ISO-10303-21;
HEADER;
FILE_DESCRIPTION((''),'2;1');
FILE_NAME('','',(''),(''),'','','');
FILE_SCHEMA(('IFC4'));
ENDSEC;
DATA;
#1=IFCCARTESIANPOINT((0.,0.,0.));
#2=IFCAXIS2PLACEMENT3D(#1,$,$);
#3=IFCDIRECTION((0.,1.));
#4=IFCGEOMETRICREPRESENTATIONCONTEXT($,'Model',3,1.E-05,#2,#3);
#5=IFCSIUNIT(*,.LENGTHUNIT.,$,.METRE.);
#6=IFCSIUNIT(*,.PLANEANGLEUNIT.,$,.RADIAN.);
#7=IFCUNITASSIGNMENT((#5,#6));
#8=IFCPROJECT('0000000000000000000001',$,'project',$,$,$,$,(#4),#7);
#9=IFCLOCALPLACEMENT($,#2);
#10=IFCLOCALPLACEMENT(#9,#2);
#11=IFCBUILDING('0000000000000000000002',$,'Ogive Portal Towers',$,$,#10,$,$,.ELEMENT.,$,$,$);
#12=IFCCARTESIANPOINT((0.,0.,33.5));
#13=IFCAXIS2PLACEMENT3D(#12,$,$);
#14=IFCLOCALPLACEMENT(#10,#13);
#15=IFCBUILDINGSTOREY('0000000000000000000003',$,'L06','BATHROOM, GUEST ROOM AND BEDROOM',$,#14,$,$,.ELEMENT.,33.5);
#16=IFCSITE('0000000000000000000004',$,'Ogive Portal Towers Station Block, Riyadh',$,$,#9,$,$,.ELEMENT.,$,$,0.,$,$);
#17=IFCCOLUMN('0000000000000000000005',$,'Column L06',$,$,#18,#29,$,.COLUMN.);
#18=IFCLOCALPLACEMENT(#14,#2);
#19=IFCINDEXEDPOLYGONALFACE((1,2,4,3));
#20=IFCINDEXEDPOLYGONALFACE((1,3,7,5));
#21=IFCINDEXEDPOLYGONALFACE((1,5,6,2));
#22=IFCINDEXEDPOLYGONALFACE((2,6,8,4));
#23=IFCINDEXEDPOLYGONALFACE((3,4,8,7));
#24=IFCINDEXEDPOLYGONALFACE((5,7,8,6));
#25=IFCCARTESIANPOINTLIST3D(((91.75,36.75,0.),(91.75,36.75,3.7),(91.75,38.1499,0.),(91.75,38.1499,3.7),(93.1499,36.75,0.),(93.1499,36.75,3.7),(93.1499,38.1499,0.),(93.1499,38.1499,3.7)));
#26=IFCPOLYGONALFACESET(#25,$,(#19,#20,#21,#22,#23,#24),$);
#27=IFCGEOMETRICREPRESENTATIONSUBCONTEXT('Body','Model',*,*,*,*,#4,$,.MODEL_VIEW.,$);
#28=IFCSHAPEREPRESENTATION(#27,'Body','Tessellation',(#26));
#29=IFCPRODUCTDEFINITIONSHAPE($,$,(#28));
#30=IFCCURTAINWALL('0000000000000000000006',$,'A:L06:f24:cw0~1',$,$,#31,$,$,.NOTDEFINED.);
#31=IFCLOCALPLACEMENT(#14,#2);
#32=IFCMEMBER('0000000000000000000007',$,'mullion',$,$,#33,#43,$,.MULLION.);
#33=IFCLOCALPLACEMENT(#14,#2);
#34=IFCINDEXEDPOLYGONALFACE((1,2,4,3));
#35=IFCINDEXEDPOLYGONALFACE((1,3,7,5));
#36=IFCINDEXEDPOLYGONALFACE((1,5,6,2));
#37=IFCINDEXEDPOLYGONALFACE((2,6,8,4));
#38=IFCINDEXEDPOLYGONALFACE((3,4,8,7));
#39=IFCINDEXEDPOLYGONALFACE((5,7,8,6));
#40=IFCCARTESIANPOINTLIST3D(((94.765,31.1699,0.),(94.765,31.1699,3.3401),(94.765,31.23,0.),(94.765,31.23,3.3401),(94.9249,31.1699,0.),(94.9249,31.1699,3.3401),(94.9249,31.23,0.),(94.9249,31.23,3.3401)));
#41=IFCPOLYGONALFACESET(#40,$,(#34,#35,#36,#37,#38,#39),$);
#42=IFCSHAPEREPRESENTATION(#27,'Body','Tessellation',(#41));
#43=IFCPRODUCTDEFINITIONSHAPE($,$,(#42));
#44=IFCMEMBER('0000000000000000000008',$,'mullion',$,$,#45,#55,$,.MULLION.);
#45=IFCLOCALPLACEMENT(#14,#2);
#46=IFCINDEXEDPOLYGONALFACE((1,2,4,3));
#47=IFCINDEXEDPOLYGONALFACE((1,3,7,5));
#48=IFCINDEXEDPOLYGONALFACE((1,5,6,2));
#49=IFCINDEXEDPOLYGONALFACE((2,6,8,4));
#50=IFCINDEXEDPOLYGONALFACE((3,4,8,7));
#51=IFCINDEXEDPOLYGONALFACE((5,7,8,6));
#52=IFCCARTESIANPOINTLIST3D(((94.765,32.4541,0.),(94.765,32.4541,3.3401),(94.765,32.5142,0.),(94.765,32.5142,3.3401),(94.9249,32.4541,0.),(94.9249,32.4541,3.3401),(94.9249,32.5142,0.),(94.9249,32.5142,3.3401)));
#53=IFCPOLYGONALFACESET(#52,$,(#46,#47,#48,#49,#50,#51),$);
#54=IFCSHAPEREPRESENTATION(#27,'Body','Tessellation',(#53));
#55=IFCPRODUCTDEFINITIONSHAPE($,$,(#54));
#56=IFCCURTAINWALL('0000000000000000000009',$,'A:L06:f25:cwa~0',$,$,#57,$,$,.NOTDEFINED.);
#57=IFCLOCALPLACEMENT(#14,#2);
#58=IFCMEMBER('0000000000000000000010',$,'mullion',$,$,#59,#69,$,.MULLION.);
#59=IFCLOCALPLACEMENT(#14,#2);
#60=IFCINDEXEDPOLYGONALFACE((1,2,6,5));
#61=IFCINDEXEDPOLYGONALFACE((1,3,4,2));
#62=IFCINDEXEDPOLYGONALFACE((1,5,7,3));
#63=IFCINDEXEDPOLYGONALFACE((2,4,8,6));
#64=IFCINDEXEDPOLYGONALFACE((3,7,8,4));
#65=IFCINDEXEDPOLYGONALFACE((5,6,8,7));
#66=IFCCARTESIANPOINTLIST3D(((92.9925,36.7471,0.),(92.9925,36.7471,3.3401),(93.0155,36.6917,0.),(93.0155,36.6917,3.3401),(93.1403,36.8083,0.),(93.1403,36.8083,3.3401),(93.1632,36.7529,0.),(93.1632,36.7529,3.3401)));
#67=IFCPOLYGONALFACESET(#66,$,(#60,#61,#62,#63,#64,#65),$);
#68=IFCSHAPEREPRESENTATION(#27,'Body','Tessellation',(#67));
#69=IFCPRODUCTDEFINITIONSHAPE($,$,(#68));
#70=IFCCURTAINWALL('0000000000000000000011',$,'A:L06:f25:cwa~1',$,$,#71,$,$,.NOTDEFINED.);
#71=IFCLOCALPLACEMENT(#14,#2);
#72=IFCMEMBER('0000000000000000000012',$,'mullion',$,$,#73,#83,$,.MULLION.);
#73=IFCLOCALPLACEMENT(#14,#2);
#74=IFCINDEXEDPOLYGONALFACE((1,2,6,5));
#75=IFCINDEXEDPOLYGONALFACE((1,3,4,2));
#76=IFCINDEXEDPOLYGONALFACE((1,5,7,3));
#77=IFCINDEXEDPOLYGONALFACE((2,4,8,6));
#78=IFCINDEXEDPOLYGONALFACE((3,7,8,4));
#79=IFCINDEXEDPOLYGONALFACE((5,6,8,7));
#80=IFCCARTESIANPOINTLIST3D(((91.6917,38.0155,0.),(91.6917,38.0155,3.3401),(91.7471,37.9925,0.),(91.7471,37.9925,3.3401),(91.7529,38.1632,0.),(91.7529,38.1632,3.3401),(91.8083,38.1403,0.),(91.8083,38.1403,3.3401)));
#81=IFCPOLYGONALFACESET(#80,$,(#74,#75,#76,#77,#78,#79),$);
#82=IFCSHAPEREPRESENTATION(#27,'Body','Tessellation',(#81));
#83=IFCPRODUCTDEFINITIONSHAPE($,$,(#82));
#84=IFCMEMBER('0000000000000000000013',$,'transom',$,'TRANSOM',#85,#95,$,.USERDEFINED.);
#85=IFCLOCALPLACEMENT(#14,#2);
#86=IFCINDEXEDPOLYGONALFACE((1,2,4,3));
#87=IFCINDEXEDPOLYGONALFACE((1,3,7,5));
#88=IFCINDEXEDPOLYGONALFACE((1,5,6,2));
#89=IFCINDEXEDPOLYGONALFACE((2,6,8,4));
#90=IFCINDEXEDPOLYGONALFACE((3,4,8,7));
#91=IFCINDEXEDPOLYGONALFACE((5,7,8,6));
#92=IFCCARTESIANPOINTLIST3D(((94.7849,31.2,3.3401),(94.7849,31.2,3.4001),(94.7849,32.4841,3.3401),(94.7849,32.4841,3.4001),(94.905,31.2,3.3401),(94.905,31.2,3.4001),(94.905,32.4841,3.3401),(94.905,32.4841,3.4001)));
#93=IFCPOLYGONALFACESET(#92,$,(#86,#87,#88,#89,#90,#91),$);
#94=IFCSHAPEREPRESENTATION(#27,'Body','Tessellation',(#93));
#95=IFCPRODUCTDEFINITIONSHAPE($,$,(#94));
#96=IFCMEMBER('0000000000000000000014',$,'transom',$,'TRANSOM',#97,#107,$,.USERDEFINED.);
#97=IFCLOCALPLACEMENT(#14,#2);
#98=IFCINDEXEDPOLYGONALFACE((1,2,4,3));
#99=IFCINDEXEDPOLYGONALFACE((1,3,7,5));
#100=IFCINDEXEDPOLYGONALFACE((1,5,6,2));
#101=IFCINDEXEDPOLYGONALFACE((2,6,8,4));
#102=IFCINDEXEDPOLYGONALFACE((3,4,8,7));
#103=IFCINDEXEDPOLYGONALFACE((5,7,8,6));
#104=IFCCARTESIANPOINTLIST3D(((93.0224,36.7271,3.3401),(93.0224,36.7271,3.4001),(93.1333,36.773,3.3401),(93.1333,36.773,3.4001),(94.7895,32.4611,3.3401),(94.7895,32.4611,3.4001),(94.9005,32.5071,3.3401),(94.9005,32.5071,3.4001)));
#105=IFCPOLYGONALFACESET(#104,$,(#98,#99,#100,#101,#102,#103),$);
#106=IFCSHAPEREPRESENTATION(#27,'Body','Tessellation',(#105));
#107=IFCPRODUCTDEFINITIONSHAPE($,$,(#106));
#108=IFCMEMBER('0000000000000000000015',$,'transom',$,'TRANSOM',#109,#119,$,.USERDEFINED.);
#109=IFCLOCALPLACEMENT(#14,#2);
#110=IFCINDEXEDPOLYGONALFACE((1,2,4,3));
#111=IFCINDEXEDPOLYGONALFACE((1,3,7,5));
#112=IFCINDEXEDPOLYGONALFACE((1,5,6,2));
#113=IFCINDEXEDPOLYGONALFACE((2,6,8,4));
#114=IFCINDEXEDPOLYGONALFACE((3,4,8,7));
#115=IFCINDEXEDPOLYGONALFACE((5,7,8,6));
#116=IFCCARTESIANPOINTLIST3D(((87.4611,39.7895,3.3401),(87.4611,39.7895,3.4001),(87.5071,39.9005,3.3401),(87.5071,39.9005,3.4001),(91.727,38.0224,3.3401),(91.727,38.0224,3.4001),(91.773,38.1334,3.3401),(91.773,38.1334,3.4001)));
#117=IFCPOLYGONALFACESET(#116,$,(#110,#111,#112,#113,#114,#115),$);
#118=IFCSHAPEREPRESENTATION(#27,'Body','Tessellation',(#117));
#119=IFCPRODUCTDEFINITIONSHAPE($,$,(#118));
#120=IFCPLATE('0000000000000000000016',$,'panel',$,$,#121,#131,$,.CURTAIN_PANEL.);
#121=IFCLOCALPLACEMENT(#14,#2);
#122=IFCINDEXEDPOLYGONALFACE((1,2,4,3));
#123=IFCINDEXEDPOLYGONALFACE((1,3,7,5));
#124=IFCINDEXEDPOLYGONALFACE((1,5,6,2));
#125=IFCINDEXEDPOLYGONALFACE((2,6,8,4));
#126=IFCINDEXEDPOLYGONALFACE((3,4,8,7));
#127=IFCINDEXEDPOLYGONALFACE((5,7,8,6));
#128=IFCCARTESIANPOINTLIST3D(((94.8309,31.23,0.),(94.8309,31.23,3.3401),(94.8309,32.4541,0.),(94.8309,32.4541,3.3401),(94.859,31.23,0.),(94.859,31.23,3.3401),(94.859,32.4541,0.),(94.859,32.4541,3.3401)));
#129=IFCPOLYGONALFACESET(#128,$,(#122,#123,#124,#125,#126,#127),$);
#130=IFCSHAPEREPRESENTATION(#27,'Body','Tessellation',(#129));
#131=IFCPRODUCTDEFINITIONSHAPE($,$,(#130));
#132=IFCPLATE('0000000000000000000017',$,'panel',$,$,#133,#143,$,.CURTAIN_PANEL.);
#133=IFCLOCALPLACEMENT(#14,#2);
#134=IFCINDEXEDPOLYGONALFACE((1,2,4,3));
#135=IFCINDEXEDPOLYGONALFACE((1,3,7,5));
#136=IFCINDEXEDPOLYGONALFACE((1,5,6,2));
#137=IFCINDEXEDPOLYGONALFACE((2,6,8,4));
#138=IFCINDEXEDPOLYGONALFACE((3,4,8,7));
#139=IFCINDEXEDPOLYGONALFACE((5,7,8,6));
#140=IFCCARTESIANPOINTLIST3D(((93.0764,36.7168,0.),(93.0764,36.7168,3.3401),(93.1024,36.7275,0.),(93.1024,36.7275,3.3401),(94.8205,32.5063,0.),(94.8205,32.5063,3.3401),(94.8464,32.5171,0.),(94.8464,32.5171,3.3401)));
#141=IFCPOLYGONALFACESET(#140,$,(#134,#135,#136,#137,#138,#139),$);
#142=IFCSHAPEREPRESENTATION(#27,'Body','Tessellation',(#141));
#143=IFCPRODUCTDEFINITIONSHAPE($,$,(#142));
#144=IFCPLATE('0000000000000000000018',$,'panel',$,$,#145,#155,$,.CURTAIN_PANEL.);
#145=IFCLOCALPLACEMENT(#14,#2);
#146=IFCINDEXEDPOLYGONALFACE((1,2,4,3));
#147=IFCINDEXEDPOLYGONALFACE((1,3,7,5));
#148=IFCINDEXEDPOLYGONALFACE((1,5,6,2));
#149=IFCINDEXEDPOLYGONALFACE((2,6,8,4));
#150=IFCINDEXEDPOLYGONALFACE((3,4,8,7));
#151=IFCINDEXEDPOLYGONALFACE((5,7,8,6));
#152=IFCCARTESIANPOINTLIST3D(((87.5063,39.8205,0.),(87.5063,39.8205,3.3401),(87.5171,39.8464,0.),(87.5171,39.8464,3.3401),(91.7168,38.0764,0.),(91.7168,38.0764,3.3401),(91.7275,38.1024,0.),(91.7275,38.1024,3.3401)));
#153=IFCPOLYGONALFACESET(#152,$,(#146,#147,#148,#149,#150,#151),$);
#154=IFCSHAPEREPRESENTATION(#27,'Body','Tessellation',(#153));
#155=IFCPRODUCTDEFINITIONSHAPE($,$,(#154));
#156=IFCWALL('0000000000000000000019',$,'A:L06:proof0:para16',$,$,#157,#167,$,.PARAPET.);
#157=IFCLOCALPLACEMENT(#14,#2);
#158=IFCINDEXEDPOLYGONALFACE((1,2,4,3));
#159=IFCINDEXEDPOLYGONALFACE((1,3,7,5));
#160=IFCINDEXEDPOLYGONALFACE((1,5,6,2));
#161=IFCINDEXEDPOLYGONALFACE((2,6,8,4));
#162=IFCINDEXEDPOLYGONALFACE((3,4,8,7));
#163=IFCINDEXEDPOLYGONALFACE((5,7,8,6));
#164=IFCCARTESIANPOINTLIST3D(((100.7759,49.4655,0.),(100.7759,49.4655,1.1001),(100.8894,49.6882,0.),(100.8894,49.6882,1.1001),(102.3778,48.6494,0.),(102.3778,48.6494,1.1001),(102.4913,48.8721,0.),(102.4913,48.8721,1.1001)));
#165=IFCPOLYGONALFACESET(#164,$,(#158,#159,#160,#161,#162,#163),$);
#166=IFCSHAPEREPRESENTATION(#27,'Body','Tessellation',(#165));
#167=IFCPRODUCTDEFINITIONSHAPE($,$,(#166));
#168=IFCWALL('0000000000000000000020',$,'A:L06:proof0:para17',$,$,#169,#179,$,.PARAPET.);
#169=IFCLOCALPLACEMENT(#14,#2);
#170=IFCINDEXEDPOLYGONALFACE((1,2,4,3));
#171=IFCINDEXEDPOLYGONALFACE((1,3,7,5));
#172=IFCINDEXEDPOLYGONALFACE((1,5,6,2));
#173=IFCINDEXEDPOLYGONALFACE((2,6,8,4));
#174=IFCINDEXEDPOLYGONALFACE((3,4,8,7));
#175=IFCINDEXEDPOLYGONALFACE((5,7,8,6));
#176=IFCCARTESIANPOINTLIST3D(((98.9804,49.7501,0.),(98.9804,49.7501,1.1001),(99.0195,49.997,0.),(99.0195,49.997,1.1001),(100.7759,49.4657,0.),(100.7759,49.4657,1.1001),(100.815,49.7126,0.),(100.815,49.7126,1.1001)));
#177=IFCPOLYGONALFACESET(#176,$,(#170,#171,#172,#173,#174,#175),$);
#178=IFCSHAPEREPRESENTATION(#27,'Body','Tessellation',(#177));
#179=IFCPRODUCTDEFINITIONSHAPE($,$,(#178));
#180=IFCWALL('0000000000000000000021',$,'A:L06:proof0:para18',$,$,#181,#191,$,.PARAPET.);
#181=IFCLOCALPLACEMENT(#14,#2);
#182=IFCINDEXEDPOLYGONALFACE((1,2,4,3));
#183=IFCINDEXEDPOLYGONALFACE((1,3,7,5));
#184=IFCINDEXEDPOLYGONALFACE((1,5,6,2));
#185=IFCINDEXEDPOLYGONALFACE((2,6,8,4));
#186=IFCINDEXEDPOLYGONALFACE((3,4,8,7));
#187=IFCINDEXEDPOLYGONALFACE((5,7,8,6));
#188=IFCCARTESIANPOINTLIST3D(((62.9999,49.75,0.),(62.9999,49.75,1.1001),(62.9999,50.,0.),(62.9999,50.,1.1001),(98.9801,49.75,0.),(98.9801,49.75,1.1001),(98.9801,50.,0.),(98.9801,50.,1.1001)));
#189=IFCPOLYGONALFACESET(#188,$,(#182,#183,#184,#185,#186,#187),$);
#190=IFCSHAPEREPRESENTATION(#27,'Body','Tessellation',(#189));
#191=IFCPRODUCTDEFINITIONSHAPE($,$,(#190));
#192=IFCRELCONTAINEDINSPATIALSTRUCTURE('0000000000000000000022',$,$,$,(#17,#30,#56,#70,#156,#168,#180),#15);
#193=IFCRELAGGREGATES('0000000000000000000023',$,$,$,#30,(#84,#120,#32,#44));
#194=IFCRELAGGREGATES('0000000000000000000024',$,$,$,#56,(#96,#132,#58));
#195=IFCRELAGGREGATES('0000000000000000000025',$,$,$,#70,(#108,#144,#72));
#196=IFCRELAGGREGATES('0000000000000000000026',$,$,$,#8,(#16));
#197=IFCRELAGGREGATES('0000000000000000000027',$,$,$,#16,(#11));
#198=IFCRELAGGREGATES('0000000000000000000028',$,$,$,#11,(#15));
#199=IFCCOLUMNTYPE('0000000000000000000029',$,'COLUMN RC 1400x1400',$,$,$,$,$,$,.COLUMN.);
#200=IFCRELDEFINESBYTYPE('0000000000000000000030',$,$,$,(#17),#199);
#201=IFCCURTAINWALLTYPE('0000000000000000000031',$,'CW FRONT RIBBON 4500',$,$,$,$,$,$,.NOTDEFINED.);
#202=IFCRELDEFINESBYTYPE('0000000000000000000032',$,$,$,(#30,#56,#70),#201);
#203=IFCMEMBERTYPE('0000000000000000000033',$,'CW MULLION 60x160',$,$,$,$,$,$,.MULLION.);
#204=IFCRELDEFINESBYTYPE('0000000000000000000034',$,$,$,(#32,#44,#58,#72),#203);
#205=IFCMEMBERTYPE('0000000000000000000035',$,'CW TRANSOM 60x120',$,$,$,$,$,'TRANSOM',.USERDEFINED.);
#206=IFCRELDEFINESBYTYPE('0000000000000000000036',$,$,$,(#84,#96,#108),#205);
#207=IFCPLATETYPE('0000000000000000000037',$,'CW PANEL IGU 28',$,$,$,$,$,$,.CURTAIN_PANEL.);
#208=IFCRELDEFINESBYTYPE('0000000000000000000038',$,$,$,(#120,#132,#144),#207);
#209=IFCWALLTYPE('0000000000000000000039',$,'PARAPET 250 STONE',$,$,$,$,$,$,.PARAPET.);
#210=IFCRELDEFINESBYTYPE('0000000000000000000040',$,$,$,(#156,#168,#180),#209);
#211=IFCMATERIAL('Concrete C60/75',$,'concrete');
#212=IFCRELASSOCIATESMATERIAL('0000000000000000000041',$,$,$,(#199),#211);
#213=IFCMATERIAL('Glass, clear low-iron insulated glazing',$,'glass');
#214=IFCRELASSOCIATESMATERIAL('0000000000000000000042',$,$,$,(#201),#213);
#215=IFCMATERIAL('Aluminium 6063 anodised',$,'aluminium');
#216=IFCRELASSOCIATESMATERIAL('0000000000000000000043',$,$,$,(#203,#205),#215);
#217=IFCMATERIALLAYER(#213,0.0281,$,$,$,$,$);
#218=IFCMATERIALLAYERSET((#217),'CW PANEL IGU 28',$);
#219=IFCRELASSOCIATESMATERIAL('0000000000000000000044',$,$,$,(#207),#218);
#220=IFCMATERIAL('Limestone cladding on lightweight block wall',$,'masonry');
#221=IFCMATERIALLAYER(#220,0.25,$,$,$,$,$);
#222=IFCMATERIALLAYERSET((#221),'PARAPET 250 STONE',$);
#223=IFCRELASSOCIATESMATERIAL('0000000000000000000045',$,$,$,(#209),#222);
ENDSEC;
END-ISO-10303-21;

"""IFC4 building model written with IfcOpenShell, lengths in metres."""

from ifc_helpers import new_model, si_unit, direction, frame, frame_2d, origin, origin_2d, place, context, subcontext, project, spatial, rectangle, extrude, material, layer, layer_set, material_profile, profile_set, type_object, element, aggregate, save


model = new_model("IFC4")

# Units and contexts
model_context = context("Model", 3, precision=1e-05, world=origin(), true_north=direction((0.0, 1.0)))
body_context = subcontext(model_context, "Body", "Model", "MODEL_VIEW")
ifc_project = project(units=[si_unit("LENGTHUNIT", "METRE"), si_unit("PLANEANGLEUNIT", "RADIAN")], contexts=[model_context])

# Site, building, storey
site_placement = place(None, origin())
site = spatial("IfcSite", under=ifc_project, at=site_placement, Name="Ogive Portal Towers Station Block, Riyadh", CompositionType="ELEMENT", RefElevation=0.0)
building_placement = place(site_placement, origin())
building = spatial("IfcBuilding", under=site, at=building_placement, Name="Ogive Portal Towers", CompositionType="ELEMENT")
storey_placement = place(building_placement, frame((0.0, 0.0, 33.5)))
storey = spatial("IfcBuildingStorey", under=building, at=storey_placement, Name="L06", Description="BATHROOM, GUEST ROOM AND BEDROOM", CompositionType="ELEMENT", Elevation=33.5)

# Column
ifc_material_1 = material(Name="Concrete C60/75", Category="concrete")
ifc_material_profile_1 = material_profile(ifc_material_1, rectangle(XDim=1.3999, YDim=1.3999, at=origin_2d()), Name="RC 1400x1400")
ifc_profile_set_1 = profile_set([ifc_material_profile_1], Name="Concrete C60/75")
column_type = type_object("IfcColumnType", Name="COLUMN RC 1400x1400", PredefinedType="COLUMN", material=ifc_profile_set_1)
column_placement = place(storey_placement, frame((92.45, 37.45, 0.0), z_axis=(0.0, 0.0, 1.0), x_axis=(1.0, 0.0, 0.0)))
element("IfcColumn", 1, at=column_placement, inside=storey, type_object=column_type, Name="Column L06", PredefinedType="COLUMN", context=body_context, shape_type="SweptSolid", body=[
    extrude(rectangle(XDim=1.3999, YDim=1.3999, at=origin_2d()), origin(), (0.0, 0.0, 1.0), 3.7),
])

# Curtain wall, members
ifc_material_2 = material(Name="Glass, clear low-iron insulated glazing", Category="glass")
curtain_wall_type = type_object("IfcCurtainWallType", Name="CW FRONT RIBBON 4500", PredefinedType="NOTDEFINED", material=ifc_material_2)
curtain_wall_1_placement = place(storey_placement, origin())
curtain_wall_1 = element("IfcCurtainWall", 2, at=curtain_wall_1_placement, inside=storey, type_object=curtain_wall_type, Name="A:L06:f24:cw0~1", PredefinedType="NOTDEFINED")
ifc_material_3 = material(Name="Aluminium 6063 anodised", Category="aluminium")
ifc_material_profile_2 = material_profile(ifc_material_3, rectangle(XDim=0.1599, YDim=0.0601, at=origin_2d()), Name="AL 60x160")
ifc_profile_set_2 = profile_set([ifc_material_profile_2], Name="Aluminium 6063 anodised")
member_type_1 = type_object("IfcMemberType", Name="CW MULLION 60x160", PredefinedType="MULLION", material=ifc_profile_set_2)
member_1_placement = place(storey_placement, frame((94.845, 31.2, 0.0), z_axis=(0.0, 0.0, 1.0), x_axis=(-1.0, 0.0, 0.0)))
member_1 = element("IfcMember", 3, at=member_1_placement, type_object=member_type_1, Name="mullion", PredefinedType="MULLION", context=body_context, shape_type="SweptSolid", body=[
    extrude(rectangle(XDim=0.1599, YDim=0.0601, at=origin_2d()), origin(), (0.0, 0.0, 1.0), 3.3401),
])
member_2_placement = place(storey_placement, frame((94.845, 32.4841, 0.0), z_axis=(0.0, 0.0, 1.0), x_axis=(-1.0, 0.0, 0.0)))
member_2 = element("IfcMember", 4, at=member_2_placement, type_object=member_type_1, Name="mullion", PredefinedType="MULLION", context=body_context, shape_type="SweptSolid", body=[
    extrude(rectangle(XDim=0.1599, YDim=0.0601, at=origin_2d()), origin(), (0.0, 0.0, 1.0), 3.3401),
])

# Curtain walls, members
curtain_wall_2_placement = place(storey_placement, origin())
curtain_wall_2 = element("IfcCurtainWall", 5, at=curtain_wall_2_placement, inside=storey, type_object=curtain_wall_type, Name="A:L06:f25:cwa~0", PredefinedType="NOTDEFINED")
member_3_placement = place(storey_placement, frame((93.0779, 36.75, 0.0), z_axis=(0.0, 0.0, 1.0), x_axis=(-0.92388, -0.382683, 0.0)))
member_3 = element("IfcMember", 6, at=member_3_placement, type_object=member_type_1, Name="mullion", PredefinedType="MULLION", context=body_context, shape_type="SweptSolid", body=[
    extrude(rectangle(XDim=0.1599, YDim=0.0601, at=origin_2d()), origin(), (0.0, 0.0, 1.0), 3.3401),
])
curtain_wall_3_placement = place(storey_placement, origin())
curtain_wall_3 = element("IfcCurtainWall", 7, at=curtain_wall_3_placement, inside=storey, type_object=curtain_wall_type, Name="A:L06:f25:cwa~1", PredefinedType="NOTDEFINED")
member_4_placement = place(storey_placement, frame((91.75, 38.0779, 0.0), z_axis=(0.0, 0.0, 1.0), x_axis=(-0.382683, -0.92388, 0.0)))
member_4 = element("IfcMember", 8, at=member_4_placement, type_object=member_type_1, Name="mullion", PredefinedType="MULLION", context=body_context, shape_type="SweptSolid", body=[
    extrude(rectangle(XDim=0.1599, YDim=0.0601, at=origin_2d()), origin(), (0.0, 0.0, 1.0), 3.3401),
])

# Members
ifc_material_profile_3 = material_profile(ifc_material_3, rectangle(XDim=0.1201, YDim=0.0601, at=origin_2d()), Name="AL 120x60")
ifc_profile_set_3 = profile_set([ifc_material_profile_3], Name="Aluminium 6063 anodised")
member_type_2 = type_object("IfcMemberType", Name="CW TRANSOM 60x120", ElementType="TRANSOM", PredefinedType="USERDEFINED", material=ifc_profile_set_3)
member_5_placement = place(storey_placement, frame((94.845, 31.2, 3.3701), z_axis=(0.0, 1.0, 0.0), x_axis=(-1.0, 0.0, 0.0)))
member_5 = element("IfcMember", 9, at=member_5_placement, type_object=member_type_2, Name="transom", ObjectType="TRANSOM", PredefinedType="USERDEFINED", context=body_context, shape_type="SweptSolid", body=[
    extrude(rectangle(XDim=0.1201, YDim=0.0601, at=origin_2d()), origin(), (0.0, 0.0, 1.0), 1.2842),
])
member_6_placement = place(storey_placement, frame((94.845, 32.4841, 3.3701), z_axis=(-0.382704, 0.923871, 0.0), x_axis=(-0.923871, -0.382704, 0.0)))
member_6 = element("IfcMember", 10, at=member_6_placement, type_object=member_type_2, Name="transom", ObjectType="TRANSOM", PredefinedType="USERDEFINED", context=body_context, shape_type="SweptSolid", body=[
    extrude(rectangle(XDim=0.1201, YDim=0.0601, at=origin_2d()), origin(), (0.0, 0.0, 1.0), 4.6174),
])
member_7_placement = place(storey_placement, frame((91.75, 38.0779, 3.3701), z_axis=(-0.923871, 0.382704, 0.0), x_axis=(-0.382704, -0.923871, 0.0)))
member_7 = element("IfcMember", 11, at=member_7_placement, type_object=member_type_2, Name="transom", ObjectType="TRANSOM", PredefinedType="USERDEFINED", context=body_context, shape_type="SweptSolid", body=[
    extrude(rectangle(XDim=0.1201, YDim=0.0601, at=origin_2d()), origin(), (0.0, 0.0, 1.0), 4.6174),
])

# Plates
ifc_layer_1 = layer(ifc_material_2, 0.0281)
ifc_layer_set_1 = layer_set([ifc_layer_1], Name="CW PANEL IGU 28")
plate_type = type_object("IfcPlateType", Name="CW PANEL IGU 28", PredefinedType="CURTAIN_PANEL", material=ifc_layer_set_1)
plate_1_placement = place(storey_placement, frame((94.845, 31.842, 0.0), z_axis=(0.0, 0.0, 1.0), x_axis=(0.0, 1.0, 0.0)))
plate_1 = element("IfcPlate", 12, at=plate_1_placement, type_object=plate_type, Name="panel", PredefinedType="CURTAIN_PANEL", context=body_context, shape_type="SweptSolid", body=[
    extrude(rectangle(XDim=1.2241, YDim=0.0281, at=origin_2d()), origin(), (0.0, 0.0, 1.0), 3.3401),
])
aggregate(curtain_wall_1, [member_5, plate_1, member_1, member_2])
plate_2_placement = place(storey_placement, frame((93.9614, 34.6169, 0.0), z_axis=(0.0, 0.0, 1.0), x_axis=(-0.382683, 0.92388, 0.0)))
plate_2 = element("IfcPlate", 13, at=plate_2_placement, type_object=plate_type, Name="panel", PredefinedType="CURTAIN_PANEL", context=body_context, shape_type="SweptSolid", body=[
    extrude(rectangle(XDim=4.5574, YDim=0.0281, at=origin_2d()), origin(), (0.0, 0.0, 1.0), 3.3401),
])
aggregate(curtain_wall_2, [member_6, plate_2, member_3])
plate_3_placement = place(storey_placement, frame((89.6169, 38.9614, 0.0), z_axis=(0.0, 0.0, 1.0), x_axis=(-0.92388, 0.382683, 0.0)))
plate_3 = element("IfcPlate", 14, at=plate_3_placement, type_object=plate_type, Name="panel", PredefinedType="CURTAIN_PANEL", context=body_context, shape_type="SweptSolid", body=[
    extrude(rectangle(XDim=4.5574, YDim=0.0281, at=origin_2d()), origin(), (0.0, 0.0, 1.0), 3.3401),
])
aggregate(curtain_wall_3, [member_7, plate_3, member_4])

# Walls
ifc_material_4 = material(Name="Limestone cladding on lightweight block wall", Category="masonry")
ifc_layer_2 = layer(ifc_material_4, 0.25)
ifc_layer_set_2 = layer_set([ifc_layer_2], Name="PARAPET 250 STONE")
wall_type_1 = type_object("IfcWallType", Name="PARAPET 250 STONE", PredefinedType="PARAPET", material=ifc_layer_set_2)
wall_1_placement = place(storey_placement, frame((102.4346, 48.7607, 0.0), z_axis=(0.0, 0.0, 1.0), x_axis=(-0.891034, 0.453936, 0.0)))
element("IfcWall", 15, at=wall_1_placement, inside=storey, type_object=wall_type_1, Name="A:L06:proof0:para16", PredefinedType="PARAPET", context=body_context, shape_type="SweptSolid", body=[
    extrude(rectangle(XDim=1.7979, YDim=0.25, at=frame_2d((0.8989, 0.0))), origin(), (0.0, 0.0, 1.0), 1.1001),
])
wall_2_placement = place(storey_placement, frame((100.7954, 49.5891, 0.0), z_axis=(0.0, 0.0, 1.0), x_axis=(-0.987683, 0.156466, 0.0)))
element("IfcWall", 16, at=wall_2_placement, inside=storey, type_object=wall_type_1, Name="A:L06:proof0:para17", PredefinedType="PARAPET", context=body_context, shape_type="SweptSolid", body=[
    extrude(rectangle(XDim=1.8179, YDim=0.25, at=frame_2d((0.9089, 0.0))), origin(), (0.0, 0.0, 1.0), 1.1001),
])
wall_3_placement = place(storey_placement, frame((98.9802, 49.875, 0.0), z_axis=(0.0, 0.0, 1.0), x_axis=(-1.0, 0.0, 0.0)))
element("IfcWall", 17, at=wall_3_placement, inside=storey, type_object=wall_type_1, Name="A:L06:proof0:para18", PredefinedType="PARAPET", context=body_context, shape_type="SweptSolid", body=[
    extrude(rectangle(XDim=35.9802, YDim=0.25, at=frame_2d((17.9902, 0.0))), origin(), (0.0, 0.0, 1.0), 1.1001),
])

save(model, "model.ifc")
